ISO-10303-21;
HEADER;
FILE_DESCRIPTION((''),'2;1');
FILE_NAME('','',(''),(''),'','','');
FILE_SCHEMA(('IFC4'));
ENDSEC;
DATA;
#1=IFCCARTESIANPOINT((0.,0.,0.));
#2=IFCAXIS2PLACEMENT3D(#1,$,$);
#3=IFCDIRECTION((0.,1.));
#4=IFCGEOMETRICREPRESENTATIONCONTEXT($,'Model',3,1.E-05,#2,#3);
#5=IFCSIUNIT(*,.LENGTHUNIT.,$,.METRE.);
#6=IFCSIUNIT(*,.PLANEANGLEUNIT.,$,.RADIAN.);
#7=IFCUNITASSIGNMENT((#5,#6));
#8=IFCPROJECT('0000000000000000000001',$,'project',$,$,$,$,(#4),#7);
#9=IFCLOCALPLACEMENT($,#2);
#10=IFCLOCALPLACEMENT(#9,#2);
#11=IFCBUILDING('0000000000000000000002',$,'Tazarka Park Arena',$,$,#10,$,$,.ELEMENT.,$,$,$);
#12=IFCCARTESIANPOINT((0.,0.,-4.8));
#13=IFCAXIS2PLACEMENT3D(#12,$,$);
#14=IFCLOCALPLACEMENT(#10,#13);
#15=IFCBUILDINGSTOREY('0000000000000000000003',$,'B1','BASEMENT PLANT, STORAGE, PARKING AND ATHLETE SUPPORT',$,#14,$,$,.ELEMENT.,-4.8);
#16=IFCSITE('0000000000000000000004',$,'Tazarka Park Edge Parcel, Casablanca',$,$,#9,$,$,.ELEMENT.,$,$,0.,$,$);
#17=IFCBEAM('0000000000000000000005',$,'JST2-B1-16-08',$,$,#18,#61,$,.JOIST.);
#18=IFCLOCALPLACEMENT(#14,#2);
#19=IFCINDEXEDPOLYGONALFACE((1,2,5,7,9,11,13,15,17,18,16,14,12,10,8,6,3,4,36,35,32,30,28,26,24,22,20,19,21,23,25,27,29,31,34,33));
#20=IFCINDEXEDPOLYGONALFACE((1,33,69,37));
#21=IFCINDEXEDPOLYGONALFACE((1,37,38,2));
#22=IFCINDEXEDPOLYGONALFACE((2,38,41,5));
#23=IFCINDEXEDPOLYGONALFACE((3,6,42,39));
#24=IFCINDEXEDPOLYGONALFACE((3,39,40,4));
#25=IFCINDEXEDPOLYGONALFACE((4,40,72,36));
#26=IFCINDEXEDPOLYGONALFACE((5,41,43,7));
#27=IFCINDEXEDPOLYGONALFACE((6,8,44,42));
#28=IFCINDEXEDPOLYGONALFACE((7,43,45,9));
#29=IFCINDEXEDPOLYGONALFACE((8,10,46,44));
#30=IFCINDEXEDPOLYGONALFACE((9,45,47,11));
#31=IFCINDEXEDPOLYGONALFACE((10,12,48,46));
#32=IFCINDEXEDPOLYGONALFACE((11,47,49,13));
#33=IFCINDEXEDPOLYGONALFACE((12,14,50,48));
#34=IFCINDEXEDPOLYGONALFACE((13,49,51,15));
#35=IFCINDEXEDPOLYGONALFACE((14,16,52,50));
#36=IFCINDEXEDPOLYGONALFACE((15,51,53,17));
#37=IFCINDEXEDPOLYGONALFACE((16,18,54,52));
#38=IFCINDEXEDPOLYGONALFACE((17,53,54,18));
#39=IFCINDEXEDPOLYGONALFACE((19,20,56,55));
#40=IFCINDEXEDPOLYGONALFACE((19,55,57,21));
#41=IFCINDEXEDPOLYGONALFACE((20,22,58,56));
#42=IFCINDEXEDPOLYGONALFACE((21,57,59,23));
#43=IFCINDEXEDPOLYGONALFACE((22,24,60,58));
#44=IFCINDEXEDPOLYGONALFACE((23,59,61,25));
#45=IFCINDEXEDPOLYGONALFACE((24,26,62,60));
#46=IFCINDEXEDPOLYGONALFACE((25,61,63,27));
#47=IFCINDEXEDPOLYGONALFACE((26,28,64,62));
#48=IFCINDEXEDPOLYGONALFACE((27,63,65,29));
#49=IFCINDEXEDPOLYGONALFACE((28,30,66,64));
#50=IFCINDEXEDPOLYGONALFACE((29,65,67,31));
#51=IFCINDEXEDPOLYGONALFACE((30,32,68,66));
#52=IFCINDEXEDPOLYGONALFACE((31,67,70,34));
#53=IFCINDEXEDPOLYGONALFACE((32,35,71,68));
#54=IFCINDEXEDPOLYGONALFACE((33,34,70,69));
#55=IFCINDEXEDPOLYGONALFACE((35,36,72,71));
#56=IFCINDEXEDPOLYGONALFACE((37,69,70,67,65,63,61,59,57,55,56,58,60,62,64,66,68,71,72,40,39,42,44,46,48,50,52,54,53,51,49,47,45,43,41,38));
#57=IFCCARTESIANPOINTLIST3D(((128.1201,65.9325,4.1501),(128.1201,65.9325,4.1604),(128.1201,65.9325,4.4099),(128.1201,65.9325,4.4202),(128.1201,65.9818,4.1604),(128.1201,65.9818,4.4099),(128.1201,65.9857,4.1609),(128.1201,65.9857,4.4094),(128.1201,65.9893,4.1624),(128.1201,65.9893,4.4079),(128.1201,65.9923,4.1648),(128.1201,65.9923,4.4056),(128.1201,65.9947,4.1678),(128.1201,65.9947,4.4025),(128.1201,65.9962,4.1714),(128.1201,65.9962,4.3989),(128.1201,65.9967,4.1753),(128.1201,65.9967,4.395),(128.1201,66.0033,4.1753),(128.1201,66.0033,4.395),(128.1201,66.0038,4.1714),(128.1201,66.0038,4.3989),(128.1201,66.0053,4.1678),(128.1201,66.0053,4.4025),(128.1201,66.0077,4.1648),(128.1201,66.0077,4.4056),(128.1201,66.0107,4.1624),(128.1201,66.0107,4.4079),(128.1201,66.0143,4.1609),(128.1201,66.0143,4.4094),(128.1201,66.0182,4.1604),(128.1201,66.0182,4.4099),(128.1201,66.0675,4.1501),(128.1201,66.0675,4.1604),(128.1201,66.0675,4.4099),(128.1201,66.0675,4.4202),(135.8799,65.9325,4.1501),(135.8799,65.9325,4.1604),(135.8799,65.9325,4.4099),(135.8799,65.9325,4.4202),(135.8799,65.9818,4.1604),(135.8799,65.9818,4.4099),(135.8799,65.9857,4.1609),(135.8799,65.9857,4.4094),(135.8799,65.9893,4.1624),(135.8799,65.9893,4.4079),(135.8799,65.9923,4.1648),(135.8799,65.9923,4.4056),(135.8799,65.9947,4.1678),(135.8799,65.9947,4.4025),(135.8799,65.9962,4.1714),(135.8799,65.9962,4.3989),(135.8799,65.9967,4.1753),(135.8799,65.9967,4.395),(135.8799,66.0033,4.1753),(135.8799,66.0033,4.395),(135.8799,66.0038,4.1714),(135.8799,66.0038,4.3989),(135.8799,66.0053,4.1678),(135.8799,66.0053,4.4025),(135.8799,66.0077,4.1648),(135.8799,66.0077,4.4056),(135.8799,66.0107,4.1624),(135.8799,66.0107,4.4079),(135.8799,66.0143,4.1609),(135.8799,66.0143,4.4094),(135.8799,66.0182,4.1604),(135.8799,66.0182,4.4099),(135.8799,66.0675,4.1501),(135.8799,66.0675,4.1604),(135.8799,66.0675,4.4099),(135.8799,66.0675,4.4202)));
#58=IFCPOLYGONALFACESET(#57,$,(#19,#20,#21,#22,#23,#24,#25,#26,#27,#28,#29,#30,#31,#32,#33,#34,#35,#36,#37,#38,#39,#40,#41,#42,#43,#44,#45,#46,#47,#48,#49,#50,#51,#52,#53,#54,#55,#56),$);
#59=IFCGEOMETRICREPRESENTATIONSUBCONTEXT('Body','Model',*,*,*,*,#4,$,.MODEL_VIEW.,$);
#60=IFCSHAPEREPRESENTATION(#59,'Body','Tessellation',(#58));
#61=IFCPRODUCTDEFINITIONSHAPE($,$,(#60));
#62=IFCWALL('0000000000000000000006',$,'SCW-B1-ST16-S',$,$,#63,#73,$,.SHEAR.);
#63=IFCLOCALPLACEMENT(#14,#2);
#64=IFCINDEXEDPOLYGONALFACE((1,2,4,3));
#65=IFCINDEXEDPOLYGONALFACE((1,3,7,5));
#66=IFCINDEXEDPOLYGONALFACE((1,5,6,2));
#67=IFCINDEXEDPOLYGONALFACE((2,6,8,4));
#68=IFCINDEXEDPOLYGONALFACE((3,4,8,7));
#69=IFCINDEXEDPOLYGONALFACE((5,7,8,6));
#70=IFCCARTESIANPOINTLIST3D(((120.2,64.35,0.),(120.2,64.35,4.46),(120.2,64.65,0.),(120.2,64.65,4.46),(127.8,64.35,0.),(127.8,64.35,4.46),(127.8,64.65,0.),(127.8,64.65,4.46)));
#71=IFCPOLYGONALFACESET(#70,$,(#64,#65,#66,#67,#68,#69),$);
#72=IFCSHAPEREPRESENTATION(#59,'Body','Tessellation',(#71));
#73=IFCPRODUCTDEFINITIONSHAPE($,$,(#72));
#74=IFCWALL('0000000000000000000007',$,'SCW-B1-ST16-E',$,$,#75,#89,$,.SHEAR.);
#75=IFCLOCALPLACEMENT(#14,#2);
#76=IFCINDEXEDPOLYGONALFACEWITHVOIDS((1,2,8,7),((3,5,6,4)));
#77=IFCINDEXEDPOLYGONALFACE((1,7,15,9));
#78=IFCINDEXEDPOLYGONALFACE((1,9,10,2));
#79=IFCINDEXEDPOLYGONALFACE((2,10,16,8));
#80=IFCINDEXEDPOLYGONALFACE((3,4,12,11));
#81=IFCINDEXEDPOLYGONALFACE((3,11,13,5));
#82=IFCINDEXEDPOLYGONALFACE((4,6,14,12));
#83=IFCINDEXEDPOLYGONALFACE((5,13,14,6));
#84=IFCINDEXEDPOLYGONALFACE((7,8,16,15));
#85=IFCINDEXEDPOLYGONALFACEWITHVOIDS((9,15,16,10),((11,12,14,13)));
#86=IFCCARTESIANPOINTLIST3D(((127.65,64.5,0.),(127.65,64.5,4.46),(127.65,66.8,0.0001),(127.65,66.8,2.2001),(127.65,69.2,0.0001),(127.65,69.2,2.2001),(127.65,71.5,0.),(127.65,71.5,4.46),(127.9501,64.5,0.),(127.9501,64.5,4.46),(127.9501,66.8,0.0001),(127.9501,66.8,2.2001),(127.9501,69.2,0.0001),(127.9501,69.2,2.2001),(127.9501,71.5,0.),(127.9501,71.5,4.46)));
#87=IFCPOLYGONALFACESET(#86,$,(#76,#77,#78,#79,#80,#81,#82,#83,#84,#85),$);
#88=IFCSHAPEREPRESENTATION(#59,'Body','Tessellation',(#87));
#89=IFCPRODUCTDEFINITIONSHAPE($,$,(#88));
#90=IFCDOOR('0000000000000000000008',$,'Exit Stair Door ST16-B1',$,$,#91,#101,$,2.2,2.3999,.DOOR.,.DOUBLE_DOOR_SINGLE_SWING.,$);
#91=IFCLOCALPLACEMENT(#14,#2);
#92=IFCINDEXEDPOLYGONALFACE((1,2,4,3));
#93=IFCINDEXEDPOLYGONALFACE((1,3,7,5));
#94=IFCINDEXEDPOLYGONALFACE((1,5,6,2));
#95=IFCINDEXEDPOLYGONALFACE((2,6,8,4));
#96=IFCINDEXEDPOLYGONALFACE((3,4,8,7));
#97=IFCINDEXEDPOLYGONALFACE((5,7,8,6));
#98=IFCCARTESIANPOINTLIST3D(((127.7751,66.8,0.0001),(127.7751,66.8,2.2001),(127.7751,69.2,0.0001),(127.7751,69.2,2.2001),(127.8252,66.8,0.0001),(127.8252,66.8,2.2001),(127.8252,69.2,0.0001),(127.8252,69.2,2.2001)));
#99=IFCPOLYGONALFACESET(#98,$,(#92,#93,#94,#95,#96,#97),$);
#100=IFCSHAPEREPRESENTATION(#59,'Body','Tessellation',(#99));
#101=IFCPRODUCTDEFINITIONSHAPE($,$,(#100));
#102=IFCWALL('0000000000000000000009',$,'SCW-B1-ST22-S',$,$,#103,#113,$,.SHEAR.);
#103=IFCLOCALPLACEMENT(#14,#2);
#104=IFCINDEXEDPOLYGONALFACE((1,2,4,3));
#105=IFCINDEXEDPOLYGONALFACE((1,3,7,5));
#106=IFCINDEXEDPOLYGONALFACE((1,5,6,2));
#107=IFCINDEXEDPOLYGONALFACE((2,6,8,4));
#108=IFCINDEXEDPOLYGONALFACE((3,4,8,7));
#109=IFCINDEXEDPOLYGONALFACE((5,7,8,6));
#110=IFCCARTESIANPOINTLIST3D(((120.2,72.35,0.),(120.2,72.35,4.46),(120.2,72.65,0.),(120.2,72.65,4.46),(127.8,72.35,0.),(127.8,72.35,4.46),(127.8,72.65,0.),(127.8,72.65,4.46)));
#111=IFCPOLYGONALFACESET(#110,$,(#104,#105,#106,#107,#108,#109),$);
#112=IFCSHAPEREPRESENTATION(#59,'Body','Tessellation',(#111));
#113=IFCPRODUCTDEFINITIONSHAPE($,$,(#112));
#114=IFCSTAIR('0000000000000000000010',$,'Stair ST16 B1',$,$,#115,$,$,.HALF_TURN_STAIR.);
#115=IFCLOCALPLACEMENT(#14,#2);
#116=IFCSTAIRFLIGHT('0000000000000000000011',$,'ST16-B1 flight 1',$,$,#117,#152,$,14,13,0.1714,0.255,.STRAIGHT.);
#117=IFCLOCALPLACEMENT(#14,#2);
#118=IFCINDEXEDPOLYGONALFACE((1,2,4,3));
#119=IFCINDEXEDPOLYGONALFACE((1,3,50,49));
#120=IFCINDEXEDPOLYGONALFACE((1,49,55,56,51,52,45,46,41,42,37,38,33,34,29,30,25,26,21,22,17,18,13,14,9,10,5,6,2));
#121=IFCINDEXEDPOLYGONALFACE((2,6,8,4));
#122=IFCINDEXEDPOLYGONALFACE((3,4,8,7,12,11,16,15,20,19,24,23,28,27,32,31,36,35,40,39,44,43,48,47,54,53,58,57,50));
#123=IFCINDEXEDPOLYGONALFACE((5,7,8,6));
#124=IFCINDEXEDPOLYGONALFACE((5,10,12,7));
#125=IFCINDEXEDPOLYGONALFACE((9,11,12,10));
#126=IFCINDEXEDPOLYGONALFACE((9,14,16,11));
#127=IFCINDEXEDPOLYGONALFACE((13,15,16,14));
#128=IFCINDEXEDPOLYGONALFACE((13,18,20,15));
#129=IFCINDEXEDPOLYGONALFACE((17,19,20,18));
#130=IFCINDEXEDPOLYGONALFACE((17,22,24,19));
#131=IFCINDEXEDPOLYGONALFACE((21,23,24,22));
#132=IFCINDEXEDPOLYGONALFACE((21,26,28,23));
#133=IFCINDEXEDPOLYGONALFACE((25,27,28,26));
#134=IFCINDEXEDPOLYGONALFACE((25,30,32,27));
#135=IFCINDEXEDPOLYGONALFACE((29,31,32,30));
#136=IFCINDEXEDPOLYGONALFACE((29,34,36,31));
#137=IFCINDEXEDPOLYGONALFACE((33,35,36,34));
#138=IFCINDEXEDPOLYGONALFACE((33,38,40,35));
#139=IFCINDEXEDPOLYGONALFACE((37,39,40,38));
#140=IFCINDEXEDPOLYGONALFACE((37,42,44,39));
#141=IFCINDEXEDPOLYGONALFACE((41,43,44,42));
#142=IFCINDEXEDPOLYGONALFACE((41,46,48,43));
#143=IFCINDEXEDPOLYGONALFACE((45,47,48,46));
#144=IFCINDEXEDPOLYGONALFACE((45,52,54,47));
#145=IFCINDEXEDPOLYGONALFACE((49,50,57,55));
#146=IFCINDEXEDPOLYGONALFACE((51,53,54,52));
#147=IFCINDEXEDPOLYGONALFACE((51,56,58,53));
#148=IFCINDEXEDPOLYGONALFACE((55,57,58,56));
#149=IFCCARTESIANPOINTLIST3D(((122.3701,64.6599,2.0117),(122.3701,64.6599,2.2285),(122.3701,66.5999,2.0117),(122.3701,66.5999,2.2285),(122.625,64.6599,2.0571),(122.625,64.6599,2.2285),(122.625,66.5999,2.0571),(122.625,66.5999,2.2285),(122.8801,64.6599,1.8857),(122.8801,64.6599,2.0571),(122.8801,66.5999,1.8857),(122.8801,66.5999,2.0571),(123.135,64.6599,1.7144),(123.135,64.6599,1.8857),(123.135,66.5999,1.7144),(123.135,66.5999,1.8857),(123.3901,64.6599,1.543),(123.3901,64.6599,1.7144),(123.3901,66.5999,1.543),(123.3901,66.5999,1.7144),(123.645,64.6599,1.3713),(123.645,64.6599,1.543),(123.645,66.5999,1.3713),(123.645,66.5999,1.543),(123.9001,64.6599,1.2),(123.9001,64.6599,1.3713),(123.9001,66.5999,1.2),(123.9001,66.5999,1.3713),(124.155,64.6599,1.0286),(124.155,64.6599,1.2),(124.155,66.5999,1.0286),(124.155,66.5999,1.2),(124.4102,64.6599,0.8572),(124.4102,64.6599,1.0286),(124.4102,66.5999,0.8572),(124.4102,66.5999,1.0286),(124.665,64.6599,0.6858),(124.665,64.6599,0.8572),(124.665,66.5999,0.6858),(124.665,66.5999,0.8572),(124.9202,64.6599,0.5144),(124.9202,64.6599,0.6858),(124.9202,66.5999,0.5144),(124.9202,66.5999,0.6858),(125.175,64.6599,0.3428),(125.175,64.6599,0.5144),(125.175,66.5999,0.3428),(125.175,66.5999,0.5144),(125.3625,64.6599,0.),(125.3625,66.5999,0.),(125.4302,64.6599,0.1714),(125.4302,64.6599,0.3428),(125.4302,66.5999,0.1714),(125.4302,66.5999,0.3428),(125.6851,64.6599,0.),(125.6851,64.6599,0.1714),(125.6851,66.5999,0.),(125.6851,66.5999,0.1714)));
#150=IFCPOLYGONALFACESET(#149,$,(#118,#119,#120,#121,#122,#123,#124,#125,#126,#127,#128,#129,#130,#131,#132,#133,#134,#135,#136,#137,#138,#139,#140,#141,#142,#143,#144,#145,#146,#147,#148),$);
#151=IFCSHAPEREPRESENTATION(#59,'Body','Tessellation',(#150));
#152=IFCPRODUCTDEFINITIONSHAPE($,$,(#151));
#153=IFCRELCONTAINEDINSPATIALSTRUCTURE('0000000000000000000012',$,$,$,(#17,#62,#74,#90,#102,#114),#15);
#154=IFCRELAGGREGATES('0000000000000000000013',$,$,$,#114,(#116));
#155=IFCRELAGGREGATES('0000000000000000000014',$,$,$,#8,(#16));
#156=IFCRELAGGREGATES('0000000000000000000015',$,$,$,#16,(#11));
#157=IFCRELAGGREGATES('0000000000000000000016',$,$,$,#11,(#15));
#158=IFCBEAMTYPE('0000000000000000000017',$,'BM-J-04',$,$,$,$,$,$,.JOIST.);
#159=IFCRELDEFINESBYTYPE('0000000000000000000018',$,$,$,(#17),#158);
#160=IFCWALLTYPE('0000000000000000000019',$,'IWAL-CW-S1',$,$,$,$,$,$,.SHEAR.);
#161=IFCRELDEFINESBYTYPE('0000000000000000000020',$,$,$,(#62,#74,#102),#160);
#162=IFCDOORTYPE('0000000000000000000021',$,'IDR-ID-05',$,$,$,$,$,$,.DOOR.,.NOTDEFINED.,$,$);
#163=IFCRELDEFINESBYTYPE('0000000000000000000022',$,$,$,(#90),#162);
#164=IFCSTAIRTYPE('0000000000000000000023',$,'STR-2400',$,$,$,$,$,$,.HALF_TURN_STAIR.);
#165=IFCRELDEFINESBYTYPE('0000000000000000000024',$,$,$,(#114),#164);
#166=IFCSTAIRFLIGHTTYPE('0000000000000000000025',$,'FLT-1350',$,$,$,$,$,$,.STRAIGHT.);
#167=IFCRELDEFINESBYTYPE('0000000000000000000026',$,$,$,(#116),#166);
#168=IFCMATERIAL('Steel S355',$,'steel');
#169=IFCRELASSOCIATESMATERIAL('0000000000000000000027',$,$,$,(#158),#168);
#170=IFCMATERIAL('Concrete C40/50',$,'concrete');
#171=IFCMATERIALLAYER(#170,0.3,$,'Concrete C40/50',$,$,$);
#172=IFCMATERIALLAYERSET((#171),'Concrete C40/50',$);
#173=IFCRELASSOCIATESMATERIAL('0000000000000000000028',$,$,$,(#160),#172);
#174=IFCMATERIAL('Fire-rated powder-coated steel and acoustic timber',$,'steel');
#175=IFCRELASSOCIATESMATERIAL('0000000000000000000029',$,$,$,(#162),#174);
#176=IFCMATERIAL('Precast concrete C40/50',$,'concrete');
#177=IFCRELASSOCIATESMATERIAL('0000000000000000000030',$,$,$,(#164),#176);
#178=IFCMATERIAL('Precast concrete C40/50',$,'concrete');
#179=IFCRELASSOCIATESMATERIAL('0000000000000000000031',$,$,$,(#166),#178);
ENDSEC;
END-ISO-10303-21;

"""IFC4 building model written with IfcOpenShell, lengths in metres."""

from ifc_helpers import new_model, si_unit, direction, frame, frame_2d, origin, origin_2d, place, context, subcontext, project, spatial, polyline, rectangle, i_section, outline, extrude, material, layer, layer_set, material_profile, profile_set, type_object, element, fill, aggregate, save


model = new_model("IFC4")

# Units and contexts
model_context = context("Model", 3, precision=1e-05, world=origin(), true_north=direction((0.0, 1.0)))
body_context = subcontext(model_context, "Body", "Model", "MODEL_VIEW")
ifc_project = project(units=[si_unit("LENGTHUNIT", "METRE"), si_unit("PLANEANGLEUNIT", "RADIAN")], contexts=[model_context])

# Site, building, storey
site_placement = place(None, origin())
site = spatial("IfcSite", under=ifc_project, at=site_placement, Name="Tazarka Park Edge Parcel, Casablanca", CompositionType="ELEMENT", RefElevation=0.0)
building_placement = place(site_placement, origin())
building = spatial("IfcBuilding", under=site, at=building_placement, Name="Tazarka Park Arena", CompositionType="ELEMENT")
storey_placement = place(building_placement, frame((0.0, 0.0, -4.8)))
storey = spatial("IfcBuildingStorey", under=building, at=storey_placement, Name="B1", Description="BASEMENT PLANT, STORAGE, PARKING AND ATHLETE SUPPORT", CompositionType="ELEMENT", Elevation=-4.8)

# Beam
ifc_material_1 = material(Name="Steel S355", Category="steel")
ifc_material_profile_1 = material_profile(ifc_material_1, i_section(OverallWidth=0.135, OverallDepth=0.27, WebThickness=0.0066, FlangeThickness=0.0103, FilletRadius=0.0149, at=origin_2d()), Name="Steel S355")
ifc_profile_set_1 = profile_set([ifc_material_profile_1], Name="Steel S355")
beam_type_1 = type_object("IfcBeamType", Name="BM-J-04", PredefinedType="JOIST", material=ifc_profile_set_1)
beam_1_placement = place(storey_placement, frame((128.1201, 66.0, 4.2852), z_axis=(1.0, 0.0, 0.0), x_axis=(0.0, 1.0, 0.0)))
element("IfcBeam", 1, at=beam_1_placement, inside=storey, type_object=beam_type_1, Name="JST2-B1-16-08", PredefinedType="JOIST", context=body_context, shape_type="SweptSolid", body=[
    extrude(i_section(OverallWidth=0.135, OverallDepth=0.27, WebThickness=0.0066, FlangeThickness=0.0103, FilletRadius=0.0149, at=origin_2d()), origin(), (0.0, 0.0, 1.0), 7.7598),
])

# Wall
ifc_material_2 = material(Name="Concrete C40/50", Category="concrete")
ifc_layer = layer(ifc_material_2, 0.3, Name="Concrete C40/50")
ifc_layer_set = layer_set([ifc_layer], Name="Concrete C40/50")
wall_type = type_object("IfcWallType", Name="IWAL-CW-S1", PredefinedType="SHEAR", material=ifc_layer_set)
wall_1_placement = place(storey_placement, frame((127.8, 64.5, 0.0), z_axis=(0.0, 0.0, 1.0), x_axis=(-1.0, 0.0, 0.0)))
element("IfcWall", 2, at=wall_1_placement, inside=storey, type_object=wall_type, Name="SCW-B1-ST16-S", PredefinedType="SHEAR", context=body_context, shape_type="SweptSolid", body=[
    extrude(rectangle(XDim=7.6001, YDim=0.3, at=frame_2d((3.8, 0.0))), origin(), (0.0, 0.0, 1.0), 4.46),
])

# Wall, opening, door
wall_2_placement = place(storey_placement, frame((127.8, 71.5, 0.0), z_axis=(0.0, 0.0, 1.0), x_axis=(0.0, -1.0, 0.0)))
wall_2 = element("IfcWall", 3, at=wall_2_placement, inside=storey, type_object=wall_type, Name="SCW-B1-ST16-E", PredefinedType="SHEAR", context=body_context, shape_type="SweptSolid", body=[
    extrude(rectangle(XDim=7.0, YDim=0.3, at=frame_2d((3.5, 0.0))), origin(), (0.0, 0.0, 1.0), 4.46),
])
opening_placement = place(wall_2_placement, frame((2.3, 0.0, 0.0)))
opening = element("IfcOpeningElement", 4, at=opening_placement, cuts=wall_2, PredefinedType="OPENING", context=body_context, shape_type="SweptSolid", body=[
    extrude(rectangle(XDim=2.3999, YDim=2.2, at=frame_2d((1.2, 1.1001))), frame((0.0, 0.1602, 0.0), z_axis=(0.0, -1.0, 0.0), x_axis=(1.0, 0.0, 0.0)), (0.0, 0.0, 1.0), 0.3201),
])
ifc_material_3 = material(Name="Fire-rated powder-coated steel and acoustic timber", Category="steel")
door_type = type_object("IfcDoorType", Name="IDR-ID-05", OperationType="NOTDEFINED", PredefinedType="DOOR", material=ifc_material_3)
door_placement = place(opening_placement, frame((2.3999, 0.0, 0.0), z_axis=(0.0, 0.0, 1.0), x_axis=(-1.0, 0.0, 0.0)))
door = element("IfcDoor", 5, at=door_placement, inside=storey, type_object=door_type, Name="Exit Stair Door ST16-B1", OperationType="DOUBLE_DOOR_SINGLE_SWING", OverallHeight=2.2, OverallWidth=2.3999, PredefinedType="DOOR", context=body_context, shape_type="SweptSolid", body=[
    extrude(rectangle(XDim=2.3999, YDim=2.2, at=frame_2d((1.2, 1.1001))), frame((0.0, 0.0249, 0.0), z_axis=(0.0, -1.0, 0.0), x_axis=(1.0, 0.0, 0.0)), (0.0, 0.0, 1.0), 0.05),
])
fill(opening, door)

# Wall
wall_3_placement = place(storey_placement, frame((127.8, 72.5, 0.0), z_axis=(0.0, 0.0, 1.0), x_axis=(-1.0, 0.0, 0.0)))
element("IfcWall", 6, at=wall_3_placement, inside=storey, type_object=wall_type, Name="SCW-B1-ST22-S", PredefinedType="SHEAR", context=body_context, shape_type="SweptSolid", body=[
    extrude(rectangle(XDim=7.6001, YDim=0.3, at=frame_2d((3.8, 0.0))), origin(), (0.0, 0.0, 1.0), 4.46),
])

# Stair, stair flight
ifc_material_4 = material(Name="Precast concrete C40/50", Category="concrete")
stair_type_1 = type_object("IfcStairType", Name="STR-2400", PredefinedType="HALF_TURN_STAIR", material=ifc_material_4)
stair_1_placement = place(storey_placement, origin())
stair_1 = element("IfcStair", 7, at=stair_1_placement, inside=storey, type_object=stair_type_1, Name="Stair ST16 B1", PredefinedType="HALF_TURN_STAIR")
ifc_material_5 = material(Name="Precast concrete C40/50", Category="concrete")
stair_flight_type_1 = type_object("IfcStairFlightType", Name="FLT-1350", PredefinedType="STRAIGHT", material=ifc_material_5)
stair_flight_1_placement = place(storey_placement, frame((125.6851, 65.6299, 0.0), z_axis=(0.0, 0.0, 1.0), x_axis=(-1.0, 0.0, 0.0)))
stair_flight_1 = element("IfcStairFlight", 8, at=stair_flight_1_placement, type_object=stair_flight_type_1, Name="ST16-B1 flight 1", NumberOfRisers=14, NumberOfTreads=13, PredefinedType="STRAIGHT", RiserHeight=0.1714, TreadLength=0.255, context=body_context, shape_type="SweptSolid", body=[
    extrude(outline(polyline([(0.0, 0.0), (0.0, 0.1714), (0.2549, 0.1714), (0.2549, 0.3428), (0.51, 0.3428), (0.51, 0.5144), (0.7649, 0.5144), (0.7649, 0.6858), (1.02, 0.6858), (1.02, 0.8572), (1.2749, 0.8572), (1.2749, 1.0286), (1.53, 1.0286), (1.53, 1.2), (1.7849, 1.2), (1.7849, 1.3713), (2.04, 1.3713), (2.04, 1.543), (2.2949, 1.543), (2.2949, 1.7144), (2.55, 1.7144), (2.55, 1.8857), (2.8049, 1.8857), (2.8049, 2.0571), (3.0601, 2.0571), (3.0601, 2.2285), (3.3149, 2.2285), (3.3149, 2.3999), (3.3149, 2.0117), (0.3225, 0.0), (0.0, 0.0)])), frame((0.0, 0.97, 0.0), z_axis=(0.0, -1.0, 0.0), x_axis=(1.0, 0.0, 0.0)), (0.0, 0.0, 1.0), 1.9399),
])
aggregate(stair_1, [stair_flight_1])

save(model, "model.ifc")
